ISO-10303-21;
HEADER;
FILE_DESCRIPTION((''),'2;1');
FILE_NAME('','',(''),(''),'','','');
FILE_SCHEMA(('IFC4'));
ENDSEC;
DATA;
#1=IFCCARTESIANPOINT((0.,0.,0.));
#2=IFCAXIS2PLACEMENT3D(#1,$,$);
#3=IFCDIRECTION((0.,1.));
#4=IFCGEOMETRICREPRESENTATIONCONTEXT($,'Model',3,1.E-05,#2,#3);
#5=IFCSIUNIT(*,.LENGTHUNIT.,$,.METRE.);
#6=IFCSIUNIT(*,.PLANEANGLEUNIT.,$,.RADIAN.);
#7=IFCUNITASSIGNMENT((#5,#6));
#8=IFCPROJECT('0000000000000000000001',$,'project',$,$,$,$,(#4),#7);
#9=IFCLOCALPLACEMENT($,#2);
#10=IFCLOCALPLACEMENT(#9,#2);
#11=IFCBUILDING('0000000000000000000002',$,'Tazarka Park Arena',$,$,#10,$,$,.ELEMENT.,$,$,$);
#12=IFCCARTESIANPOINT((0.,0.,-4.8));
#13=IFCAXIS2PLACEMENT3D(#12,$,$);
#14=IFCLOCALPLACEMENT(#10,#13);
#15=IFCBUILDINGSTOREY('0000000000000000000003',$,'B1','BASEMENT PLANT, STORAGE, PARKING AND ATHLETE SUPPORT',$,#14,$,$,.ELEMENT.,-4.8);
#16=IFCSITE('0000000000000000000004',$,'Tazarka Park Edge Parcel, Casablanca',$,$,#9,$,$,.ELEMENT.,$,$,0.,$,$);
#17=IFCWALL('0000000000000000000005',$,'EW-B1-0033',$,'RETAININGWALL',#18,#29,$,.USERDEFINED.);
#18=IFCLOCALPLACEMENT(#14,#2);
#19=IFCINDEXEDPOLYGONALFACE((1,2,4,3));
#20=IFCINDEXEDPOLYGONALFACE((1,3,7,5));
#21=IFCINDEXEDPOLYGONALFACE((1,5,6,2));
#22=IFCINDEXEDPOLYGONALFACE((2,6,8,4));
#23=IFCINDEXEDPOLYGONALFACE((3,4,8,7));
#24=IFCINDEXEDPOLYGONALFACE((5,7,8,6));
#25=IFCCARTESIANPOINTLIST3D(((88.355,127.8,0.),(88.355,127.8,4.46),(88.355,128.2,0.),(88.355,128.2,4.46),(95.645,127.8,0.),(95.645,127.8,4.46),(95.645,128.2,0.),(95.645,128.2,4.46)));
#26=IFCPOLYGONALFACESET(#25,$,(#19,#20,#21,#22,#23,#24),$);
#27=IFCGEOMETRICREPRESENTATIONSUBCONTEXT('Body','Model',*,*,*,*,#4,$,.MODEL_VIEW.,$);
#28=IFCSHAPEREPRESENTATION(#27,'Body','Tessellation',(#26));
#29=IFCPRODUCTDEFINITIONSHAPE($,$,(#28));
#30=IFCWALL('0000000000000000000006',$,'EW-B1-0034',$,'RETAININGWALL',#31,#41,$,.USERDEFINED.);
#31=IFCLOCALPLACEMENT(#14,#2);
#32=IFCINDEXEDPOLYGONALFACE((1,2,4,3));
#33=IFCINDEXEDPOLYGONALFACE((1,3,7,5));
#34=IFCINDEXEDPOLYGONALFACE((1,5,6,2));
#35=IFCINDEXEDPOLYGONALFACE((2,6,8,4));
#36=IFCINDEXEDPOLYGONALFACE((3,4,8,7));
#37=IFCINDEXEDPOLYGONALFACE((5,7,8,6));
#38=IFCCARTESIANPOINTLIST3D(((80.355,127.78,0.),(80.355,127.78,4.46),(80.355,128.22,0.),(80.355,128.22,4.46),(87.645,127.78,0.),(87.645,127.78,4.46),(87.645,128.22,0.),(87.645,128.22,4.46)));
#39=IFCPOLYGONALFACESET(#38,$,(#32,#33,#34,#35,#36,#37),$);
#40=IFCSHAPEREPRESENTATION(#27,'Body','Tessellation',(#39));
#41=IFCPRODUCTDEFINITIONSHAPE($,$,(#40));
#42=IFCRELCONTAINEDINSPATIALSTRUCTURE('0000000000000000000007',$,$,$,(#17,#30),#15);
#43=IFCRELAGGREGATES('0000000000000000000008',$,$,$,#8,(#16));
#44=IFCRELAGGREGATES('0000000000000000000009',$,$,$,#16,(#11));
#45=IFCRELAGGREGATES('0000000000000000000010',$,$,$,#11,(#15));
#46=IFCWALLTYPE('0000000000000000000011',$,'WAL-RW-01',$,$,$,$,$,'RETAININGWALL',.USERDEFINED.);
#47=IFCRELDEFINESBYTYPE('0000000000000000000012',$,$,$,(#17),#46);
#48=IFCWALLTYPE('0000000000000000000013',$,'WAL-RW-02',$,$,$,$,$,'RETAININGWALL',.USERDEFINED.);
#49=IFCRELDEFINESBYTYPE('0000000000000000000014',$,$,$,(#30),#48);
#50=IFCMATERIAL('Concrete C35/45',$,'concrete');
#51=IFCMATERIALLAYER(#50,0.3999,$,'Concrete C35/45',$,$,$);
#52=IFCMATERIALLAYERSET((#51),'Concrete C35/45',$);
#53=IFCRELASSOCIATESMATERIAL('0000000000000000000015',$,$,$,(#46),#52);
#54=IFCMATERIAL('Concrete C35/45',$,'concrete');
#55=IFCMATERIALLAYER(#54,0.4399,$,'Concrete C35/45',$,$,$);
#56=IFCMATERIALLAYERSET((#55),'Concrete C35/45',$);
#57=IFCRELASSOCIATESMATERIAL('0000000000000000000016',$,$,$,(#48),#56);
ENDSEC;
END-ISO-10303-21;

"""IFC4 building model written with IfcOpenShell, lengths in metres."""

from ifc_helpers import new_model, si_unit, direction, frame, frame_2d, origin, place, context, subcontext, project, spatial, rectangle, extrude, material, layer, layer_set, type_object, element, save


model = new_model("IFC4")

# Units and contexts
model_context = context("Model", 3, precision=1e-05, world=origin(), true_north=direction((0.0, 1.0)))
body_context = subcontext(model_context, "Body", "Model", "MODEL_VIEW")
ifc_project = project(units=[si_unit("LENGTHUNIT", "METRE"), si_unit("PLANEANGLEUNIT", "RADIAN")], contexts=[model_context])

# Site, building, storey
site_placement = place(None, origin())
site = spatial("IfcSite", under=ifc_project, at=site_placement, Name="Tazarka Park Edge Parcel, Casablanca", CompositionType="ELEMENT", RefElevation=0.0)
building_placement = place(site_placement, origin())
building = spatial("IfcBuilding", under=site, at=building_placement, Name="Tazarka Park Arena", CompositionType="ELEMENT")
storey_placement = place(building_placement, frame((0.0, 0.0, -4.8)))
storey = spatial("IfcBuildingStorey", under=building, at=storey_placement, Name="B1", Description="BASEMENT PLANT, STORAGE, PARKING AND ATHLETE SUPPORT", CompositionType="ELEMENT", Elevation=-4.8)

# Walls
ifc_material_1 = material(Name="Concrete C35/45", Category="concrete")
ifc_layer_1 = layer(ifc_material_1, 0.3999, Name="Concrete C35/45")
ifc_layer_set_1 = layer_set([ifc_layer_1], Name="Concrete C35/45")
wall_type_1 = type_object("IfcWallType", Name="WAL-RW-01", ElementType="RETAININGWALL", PredefinedType="USERDEFINED", material=ifc_layer_set_1)
wall_1_placement = place(storey_placement, frame((88.355, 128.0, 0.0), z_axis=(0.0, 0.0, 1.0), x_axis=(1.0, 0.0, 0.0)))
element("IfcWall", 1, at=wall_1_placement, inside=storey, type_object=wall_type_1, Name="EW-B1-0033", ObjectType="RETAININGWALL", PredefinedType="USERDEFINED", context=body_context, shape_type="SweptSolid", body=[
    extrude(rectangle(XDim=7.29, YDim=0.3999, at=frame_2d((3.645, 0.0))), origin(), (0.0, 0.0, 1.0), 4.46),
])
ifc_material_2 = material(Name="Concrete C35/45", Category="concrete")
ifc_layer_2 = layer(ifc_material_2, 0.4399, Name="Concrete C35/45")
ifc_layer_set_2 = layer_set([ifc_layer_2], Name="Concrete C35/45")
wall_type_2 = type_object("IfcWallType", Name="WAL-RW-02", ElementType="RETAININGWALL", PredefinedType="USERDEFINED", material=ifc_layer_set_2)
wall_2_placement = place(storey_placement, frame((80.355, 128.0, 0.0), z_axis=(0.0, 0.0, 1.0), x_axis=(1.0, 0.0, 0.0)))
element("IfcWall", 2, at=wall_2_placement, inside=storey, type_object=wall_type_2, Name="EW-B1-0034", ObjectType="RETAININGWALL", PredefinedType="USERDEFINED", context=body_context, shape_type="SweptSolid", body=[
    extrude(rectangle(XDim=7.29, YDim=0.4399, at=frame_2d((3.645, 0.0))), origin(), (0.0, 0.0, 1.0), 4.46),
])

save(model, "model.ifc")
